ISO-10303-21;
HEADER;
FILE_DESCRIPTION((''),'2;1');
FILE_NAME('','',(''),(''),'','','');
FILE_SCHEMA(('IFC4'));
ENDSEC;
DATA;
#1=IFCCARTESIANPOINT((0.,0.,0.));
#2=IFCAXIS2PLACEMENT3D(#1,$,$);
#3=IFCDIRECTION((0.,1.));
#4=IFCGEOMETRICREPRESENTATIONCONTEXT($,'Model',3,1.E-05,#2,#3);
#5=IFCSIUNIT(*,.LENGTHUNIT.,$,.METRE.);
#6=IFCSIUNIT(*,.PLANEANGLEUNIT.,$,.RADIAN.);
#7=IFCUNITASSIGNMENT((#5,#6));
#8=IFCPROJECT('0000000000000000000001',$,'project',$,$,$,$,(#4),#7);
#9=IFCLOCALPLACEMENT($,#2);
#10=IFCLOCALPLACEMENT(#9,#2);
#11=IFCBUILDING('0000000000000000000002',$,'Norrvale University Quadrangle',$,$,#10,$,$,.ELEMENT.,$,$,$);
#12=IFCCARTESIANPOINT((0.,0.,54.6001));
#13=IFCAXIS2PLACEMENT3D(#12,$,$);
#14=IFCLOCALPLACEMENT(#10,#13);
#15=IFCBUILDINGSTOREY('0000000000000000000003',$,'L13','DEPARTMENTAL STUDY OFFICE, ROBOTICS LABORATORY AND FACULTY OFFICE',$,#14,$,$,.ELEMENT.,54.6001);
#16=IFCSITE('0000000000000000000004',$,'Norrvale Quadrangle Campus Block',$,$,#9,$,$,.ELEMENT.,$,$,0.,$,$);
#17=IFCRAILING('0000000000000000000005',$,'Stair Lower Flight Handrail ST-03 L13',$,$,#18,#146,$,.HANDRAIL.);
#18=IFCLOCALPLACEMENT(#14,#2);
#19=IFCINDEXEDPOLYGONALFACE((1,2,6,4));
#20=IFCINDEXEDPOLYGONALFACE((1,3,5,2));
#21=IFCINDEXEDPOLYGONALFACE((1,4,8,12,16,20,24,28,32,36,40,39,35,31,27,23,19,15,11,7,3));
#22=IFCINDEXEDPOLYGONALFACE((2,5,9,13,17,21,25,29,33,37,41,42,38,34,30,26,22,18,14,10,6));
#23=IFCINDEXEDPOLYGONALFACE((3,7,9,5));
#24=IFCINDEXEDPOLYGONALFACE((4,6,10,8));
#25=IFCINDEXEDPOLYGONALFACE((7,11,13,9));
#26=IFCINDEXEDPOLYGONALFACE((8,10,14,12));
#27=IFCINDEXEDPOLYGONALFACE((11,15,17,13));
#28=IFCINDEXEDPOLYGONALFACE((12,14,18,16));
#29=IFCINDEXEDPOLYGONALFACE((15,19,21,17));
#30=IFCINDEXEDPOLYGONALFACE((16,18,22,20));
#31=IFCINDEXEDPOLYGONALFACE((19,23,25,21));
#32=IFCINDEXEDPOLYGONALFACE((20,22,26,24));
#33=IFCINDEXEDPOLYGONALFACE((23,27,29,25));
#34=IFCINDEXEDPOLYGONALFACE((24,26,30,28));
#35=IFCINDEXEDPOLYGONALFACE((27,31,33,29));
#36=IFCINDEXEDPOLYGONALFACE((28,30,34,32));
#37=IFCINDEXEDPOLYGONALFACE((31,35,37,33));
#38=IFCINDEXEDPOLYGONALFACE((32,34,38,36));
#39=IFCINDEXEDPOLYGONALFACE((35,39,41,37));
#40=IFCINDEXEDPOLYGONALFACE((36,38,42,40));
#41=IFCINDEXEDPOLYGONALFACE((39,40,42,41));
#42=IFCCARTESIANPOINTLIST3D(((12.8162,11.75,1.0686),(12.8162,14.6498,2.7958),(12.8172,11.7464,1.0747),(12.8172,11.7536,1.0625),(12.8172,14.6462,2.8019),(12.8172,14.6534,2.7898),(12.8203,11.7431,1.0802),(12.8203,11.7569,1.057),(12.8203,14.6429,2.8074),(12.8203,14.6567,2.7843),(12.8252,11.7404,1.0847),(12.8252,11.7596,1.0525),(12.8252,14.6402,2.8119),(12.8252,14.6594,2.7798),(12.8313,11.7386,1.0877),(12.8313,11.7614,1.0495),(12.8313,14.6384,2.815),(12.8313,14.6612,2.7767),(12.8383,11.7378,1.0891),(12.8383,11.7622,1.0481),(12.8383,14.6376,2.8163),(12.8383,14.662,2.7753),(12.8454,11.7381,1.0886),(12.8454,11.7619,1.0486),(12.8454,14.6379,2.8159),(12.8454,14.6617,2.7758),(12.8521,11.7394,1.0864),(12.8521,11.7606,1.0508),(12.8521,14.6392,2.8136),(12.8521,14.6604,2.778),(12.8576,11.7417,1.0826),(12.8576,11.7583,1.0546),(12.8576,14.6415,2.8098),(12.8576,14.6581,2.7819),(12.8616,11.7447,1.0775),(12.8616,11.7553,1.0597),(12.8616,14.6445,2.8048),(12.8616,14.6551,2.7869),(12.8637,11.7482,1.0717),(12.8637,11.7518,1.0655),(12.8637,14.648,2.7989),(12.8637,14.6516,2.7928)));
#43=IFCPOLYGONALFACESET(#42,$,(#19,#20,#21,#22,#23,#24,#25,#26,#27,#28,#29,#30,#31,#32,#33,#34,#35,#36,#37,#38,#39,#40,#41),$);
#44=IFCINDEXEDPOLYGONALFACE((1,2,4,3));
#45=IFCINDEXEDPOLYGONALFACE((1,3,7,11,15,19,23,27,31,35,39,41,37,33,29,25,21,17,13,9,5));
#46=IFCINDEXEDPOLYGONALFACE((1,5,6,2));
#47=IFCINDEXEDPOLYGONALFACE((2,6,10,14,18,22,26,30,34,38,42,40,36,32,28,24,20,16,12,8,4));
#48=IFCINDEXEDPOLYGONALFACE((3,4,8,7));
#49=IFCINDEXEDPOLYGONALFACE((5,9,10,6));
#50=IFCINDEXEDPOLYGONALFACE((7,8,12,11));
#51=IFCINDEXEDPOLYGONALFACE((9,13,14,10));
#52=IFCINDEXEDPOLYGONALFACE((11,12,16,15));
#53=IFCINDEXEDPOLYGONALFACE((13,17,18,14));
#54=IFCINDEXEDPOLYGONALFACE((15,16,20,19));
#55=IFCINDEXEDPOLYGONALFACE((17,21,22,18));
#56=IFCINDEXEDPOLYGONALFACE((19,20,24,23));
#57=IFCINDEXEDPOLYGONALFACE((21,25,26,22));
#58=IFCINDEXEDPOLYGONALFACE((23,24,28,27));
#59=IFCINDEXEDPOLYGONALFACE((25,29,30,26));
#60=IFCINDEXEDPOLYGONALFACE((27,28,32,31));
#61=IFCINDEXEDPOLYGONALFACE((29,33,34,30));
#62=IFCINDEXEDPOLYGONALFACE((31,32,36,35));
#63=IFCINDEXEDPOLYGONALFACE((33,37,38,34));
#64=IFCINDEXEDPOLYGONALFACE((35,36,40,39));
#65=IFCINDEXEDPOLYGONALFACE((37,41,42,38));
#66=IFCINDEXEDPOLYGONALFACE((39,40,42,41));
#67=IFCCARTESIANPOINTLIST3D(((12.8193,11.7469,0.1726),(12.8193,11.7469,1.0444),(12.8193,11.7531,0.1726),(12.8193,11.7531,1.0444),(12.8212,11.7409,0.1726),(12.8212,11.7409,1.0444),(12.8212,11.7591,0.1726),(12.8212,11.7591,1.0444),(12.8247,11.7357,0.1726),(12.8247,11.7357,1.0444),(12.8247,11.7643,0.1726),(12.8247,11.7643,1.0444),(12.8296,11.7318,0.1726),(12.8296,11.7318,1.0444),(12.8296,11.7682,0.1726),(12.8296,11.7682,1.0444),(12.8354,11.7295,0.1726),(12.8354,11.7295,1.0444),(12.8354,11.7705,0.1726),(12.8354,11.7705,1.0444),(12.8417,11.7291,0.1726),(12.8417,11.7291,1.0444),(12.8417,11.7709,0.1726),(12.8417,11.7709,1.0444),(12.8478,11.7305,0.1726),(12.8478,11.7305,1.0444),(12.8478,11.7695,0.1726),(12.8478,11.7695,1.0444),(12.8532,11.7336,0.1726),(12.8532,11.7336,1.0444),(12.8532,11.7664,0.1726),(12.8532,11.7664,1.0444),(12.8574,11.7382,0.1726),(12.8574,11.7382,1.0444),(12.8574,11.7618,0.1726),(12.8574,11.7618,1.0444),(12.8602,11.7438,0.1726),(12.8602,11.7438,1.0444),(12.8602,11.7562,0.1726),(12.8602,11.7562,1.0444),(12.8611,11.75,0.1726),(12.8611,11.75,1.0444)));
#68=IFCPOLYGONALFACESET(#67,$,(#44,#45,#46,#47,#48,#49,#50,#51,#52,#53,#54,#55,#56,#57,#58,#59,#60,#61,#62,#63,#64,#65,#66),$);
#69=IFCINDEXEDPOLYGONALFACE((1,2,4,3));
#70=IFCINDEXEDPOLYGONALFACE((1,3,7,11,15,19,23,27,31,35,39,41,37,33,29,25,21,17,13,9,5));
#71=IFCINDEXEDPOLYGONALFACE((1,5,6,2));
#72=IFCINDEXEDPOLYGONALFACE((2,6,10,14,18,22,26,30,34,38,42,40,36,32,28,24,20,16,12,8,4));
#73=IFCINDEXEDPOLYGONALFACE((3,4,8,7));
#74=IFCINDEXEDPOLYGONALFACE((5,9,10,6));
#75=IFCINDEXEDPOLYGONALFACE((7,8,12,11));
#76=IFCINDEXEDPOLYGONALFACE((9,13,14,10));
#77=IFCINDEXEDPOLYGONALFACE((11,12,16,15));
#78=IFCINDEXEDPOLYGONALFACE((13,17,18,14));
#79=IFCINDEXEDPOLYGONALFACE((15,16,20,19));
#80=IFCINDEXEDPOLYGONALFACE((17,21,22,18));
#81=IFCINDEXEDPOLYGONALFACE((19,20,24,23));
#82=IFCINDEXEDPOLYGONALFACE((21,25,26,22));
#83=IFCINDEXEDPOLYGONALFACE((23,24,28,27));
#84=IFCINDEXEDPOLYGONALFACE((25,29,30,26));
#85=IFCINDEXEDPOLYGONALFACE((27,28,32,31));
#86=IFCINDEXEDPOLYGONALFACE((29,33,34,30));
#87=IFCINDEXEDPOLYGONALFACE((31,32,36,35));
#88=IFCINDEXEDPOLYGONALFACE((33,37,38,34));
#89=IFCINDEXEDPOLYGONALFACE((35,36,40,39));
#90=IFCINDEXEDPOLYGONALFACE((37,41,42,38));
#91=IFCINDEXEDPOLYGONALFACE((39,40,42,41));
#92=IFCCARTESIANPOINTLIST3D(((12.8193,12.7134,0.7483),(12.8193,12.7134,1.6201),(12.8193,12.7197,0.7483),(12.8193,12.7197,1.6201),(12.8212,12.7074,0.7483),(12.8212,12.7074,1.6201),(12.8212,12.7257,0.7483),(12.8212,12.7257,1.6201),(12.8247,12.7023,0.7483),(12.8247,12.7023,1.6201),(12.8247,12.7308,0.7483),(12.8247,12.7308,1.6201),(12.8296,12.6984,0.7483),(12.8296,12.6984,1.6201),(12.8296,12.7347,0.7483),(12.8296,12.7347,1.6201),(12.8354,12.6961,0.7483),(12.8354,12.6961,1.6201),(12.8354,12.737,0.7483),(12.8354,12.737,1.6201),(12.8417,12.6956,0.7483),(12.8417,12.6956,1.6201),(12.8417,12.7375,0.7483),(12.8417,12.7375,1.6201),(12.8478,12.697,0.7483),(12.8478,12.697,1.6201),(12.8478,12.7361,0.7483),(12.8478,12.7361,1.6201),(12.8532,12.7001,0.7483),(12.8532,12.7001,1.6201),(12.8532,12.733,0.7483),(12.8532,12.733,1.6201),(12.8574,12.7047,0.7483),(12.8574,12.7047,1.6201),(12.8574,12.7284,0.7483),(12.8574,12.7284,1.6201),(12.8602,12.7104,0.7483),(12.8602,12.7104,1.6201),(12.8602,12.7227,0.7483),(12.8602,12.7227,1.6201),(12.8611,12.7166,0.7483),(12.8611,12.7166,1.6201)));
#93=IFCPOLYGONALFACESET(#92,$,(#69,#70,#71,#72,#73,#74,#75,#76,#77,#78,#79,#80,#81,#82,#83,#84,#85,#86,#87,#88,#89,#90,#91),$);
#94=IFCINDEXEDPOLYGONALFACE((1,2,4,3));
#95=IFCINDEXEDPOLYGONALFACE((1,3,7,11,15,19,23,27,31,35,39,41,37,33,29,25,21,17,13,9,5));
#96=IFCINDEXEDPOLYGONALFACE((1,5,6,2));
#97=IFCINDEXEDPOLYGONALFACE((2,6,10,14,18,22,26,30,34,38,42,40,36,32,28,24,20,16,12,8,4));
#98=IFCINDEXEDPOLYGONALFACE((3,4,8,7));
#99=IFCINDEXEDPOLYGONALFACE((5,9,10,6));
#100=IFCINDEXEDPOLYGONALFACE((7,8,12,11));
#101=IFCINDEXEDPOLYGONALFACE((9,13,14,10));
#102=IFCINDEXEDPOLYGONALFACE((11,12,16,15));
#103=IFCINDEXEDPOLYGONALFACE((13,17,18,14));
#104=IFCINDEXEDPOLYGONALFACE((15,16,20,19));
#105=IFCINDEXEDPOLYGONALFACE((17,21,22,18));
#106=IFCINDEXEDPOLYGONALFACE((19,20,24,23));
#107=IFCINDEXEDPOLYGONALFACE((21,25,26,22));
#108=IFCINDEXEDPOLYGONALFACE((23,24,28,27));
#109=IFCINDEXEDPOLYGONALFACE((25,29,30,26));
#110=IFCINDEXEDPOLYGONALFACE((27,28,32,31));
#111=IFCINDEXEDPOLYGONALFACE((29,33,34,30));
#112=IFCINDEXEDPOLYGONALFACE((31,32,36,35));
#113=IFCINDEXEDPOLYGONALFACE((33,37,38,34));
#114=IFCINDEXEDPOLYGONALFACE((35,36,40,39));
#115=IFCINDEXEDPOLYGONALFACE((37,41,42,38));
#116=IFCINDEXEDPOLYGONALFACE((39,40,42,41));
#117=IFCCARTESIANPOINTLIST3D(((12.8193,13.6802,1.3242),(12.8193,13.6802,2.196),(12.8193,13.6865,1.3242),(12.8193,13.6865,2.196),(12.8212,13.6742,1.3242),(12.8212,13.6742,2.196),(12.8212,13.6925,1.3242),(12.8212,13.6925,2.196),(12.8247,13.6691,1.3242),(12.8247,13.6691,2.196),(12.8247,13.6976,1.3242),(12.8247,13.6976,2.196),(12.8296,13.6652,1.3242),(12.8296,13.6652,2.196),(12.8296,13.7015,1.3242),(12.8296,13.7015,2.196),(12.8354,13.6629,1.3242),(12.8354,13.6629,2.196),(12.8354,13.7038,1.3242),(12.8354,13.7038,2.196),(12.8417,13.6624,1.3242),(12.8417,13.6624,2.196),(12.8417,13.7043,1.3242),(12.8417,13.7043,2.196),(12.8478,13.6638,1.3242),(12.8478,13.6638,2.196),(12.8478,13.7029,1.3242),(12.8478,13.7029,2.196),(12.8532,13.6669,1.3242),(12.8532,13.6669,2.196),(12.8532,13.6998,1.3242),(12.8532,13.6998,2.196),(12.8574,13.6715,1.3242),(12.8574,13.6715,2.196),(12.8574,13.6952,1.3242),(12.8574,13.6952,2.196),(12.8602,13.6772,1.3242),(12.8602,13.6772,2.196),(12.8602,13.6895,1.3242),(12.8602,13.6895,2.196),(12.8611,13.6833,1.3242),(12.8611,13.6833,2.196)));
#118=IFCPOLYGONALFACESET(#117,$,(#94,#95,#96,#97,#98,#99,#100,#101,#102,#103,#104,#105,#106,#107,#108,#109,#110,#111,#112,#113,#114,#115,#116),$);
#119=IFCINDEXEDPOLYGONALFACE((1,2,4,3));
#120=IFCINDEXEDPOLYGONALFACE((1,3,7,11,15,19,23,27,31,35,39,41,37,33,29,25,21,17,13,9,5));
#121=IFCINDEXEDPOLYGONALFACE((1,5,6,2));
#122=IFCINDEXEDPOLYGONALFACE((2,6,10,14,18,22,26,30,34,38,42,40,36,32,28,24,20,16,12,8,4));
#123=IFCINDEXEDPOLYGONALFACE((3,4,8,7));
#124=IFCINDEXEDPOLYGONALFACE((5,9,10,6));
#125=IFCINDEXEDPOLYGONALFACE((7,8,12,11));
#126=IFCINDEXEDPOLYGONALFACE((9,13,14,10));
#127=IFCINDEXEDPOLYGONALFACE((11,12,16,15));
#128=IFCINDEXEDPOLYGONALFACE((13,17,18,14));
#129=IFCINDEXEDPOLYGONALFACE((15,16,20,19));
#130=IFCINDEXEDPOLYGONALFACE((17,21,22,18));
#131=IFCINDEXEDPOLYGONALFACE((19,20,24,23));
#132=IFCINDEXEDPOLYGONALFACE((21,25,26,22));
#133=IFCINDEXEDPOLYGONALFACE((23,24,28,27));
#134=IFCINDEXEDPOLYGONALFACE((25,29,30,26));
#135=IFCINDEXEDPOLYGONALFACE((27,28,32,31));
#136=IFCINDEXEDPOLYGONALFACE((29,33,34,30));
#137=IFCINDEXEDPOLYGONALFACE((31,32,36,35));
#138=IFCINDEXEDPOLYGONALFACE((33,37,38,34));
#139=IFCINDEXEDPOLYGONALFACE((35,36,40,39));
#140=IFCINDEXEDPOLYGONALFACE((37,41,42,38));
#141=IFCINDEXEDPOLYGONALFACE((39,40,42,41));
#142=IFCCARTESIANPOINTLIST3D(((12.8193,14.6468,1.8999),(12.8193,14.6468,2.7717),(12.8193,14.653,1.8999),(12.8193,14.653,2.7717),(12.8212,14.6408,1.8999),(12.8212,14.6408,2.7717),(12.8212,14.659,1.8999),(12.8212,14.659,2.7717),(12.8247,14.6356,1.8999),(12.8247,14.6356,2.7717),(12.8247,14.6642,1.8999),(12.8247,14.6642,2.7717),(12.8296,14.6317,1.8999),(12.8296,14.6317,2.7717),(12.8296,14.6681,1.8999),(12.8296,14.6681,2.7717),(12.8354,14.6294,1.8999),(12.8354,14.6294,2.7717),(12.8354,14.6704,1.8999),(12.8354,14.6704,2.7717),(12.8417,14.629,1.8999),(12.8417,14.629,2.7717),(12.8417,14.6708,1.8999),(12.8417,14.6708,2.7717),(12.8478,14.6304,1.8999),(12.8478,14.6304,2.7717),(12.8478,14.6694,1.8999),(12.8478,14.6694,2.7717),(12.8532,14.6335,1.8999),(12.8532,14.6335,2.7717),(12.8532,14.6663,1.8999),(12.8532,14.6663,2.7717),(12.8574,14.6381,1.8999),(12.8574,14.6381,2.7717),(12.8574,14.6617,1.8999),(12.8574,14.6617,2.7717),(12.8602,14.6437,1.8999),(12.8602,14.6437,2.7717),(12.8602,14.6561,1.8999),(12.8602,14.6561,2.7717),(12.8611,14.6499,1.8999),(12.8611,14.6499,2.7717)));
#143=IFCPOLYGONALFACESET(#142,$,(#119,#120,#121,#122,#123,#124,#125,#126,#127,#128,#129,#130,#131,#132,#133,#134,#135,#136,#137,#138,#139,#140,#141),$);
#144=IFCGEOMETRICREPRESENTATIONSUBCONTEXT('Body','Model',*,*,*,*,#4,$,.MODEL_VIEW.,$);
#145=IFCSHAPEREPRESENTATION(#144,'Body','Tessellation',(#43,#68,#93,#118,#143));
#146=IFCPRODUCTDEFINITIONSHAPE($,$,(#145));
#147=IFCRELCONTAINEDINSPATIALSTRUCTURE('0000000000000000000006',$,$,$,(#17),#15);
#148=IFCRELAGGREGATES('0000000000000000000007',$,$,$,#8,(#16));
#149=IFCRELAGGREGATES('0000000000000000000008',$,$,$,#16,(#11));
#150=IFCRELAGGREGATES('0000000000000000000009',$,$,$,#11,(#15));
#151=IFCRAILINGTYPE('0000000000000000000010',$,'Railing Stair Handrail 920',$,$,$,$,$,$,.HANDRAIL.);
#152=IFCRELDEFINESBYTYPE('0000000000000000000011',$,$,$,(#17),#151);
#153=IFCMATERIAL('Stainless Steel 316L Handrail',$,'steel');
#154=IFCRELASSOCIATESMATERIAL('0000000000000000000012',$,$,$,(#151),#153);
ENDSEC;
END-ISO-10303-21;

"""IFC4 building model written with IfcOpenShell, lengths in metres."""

from ifc_helpers import new_model, si_unit, direction, frame, origin, origin_2d, place, context, subcontext, project, spatial, circle, extrude, material, type_object, element, save


model = new_model("IFC4")

# Units and contexts
model_context = context("Model", 3, precision=1e-05, world=origin(), true_north=direction((0.0, 1.0)))
body_context = subcontext(model_context, "Body", "Model", "MODEL_VIEW")
ifc_project = project(units=[si_unit("LENGTHUNIT", "METRE"), si_unit("PLANEANGLEUNIT", "RADIAN")], contexts=[model_context])

# Site, building, storey
site_placement = place(None, origin())
site = spatial("IfcSite", under=ifc_project, at=site_placement, Name="Norrvale Quadrangle Campus Block", CompositionType="ELEMENT", RefElevation=0.0)
building_placement = place(site_placement, origin())
building = spatial("IfcBuilding", under=site, at=building_placement, Name="Norrvale University Quadrangle", CompositionType="ELEMENT")
storey_placement = place(building_placement, frame((0.0, 0.0, 54.6001)))
storey = spatial("IfcBuildingStorey", under=building, at=storey_placement, Name="L13", Description="DEPARTMENTAL STUDY OFFICE, ROBOTICS LABORATORY AND FACULTY OFFICE", CompositionType="ELEMENT", Elevation=54.6001)

# Railing
ifc_material_1 = material(Name="Stainless Steel 316L Handrail", Category="steel")
railing_type_1 = type_object("IfcRailingType", Name="Railing Stair Handrail 920", PredefinedType="HANDRAIL", material=ifc_material_1)
railing_1_placement = place(storey_placement, frame((12.8401, 11.75, 0.1726)))
element("IfcRailing", 1, at=railing_1_placement, inside=storey, type_object=railing_type_1, Name="Stair Lower Flight Handrail ST-03 L13", PredefinedType="HANDRAIL", context=body_context, shape_type="SweptSolid", body=[
    extrude(circle(Radius=0.0239, at=origin_2d()), frame((0.0, 0.0, 0.896), z_axis=(0.0, 0.859141, 0.511738), x_axis=(-1.0, 0.0, 0.0)), (0.0, 0.0, 1.0), 3.3752),
    extrude(circle(Radius=0.021, at=origin_2d()), origin(), (0.0, 0.0, 1.0), 0.8718),
    extrude(circle(Radius=0.021, at=origin_2d()), frame((0.0, 0.9666, 0.5757)), (0.0, 0.0, 1.0), 0.8718),
    extrude(circle(Radius=0.021, at=origin_2d()), frame((0.0, 1.9333, 1.1516)), (0.0, 0.0, 1.0), 0.8718),
    extrude(circle(Radius=0.021, at=origin_2d()), frame((0.0, 2.8999, 1.7273)), (0.0, 0.0, 1.0), 0.8718),
])

save(model, "model.ifc")
